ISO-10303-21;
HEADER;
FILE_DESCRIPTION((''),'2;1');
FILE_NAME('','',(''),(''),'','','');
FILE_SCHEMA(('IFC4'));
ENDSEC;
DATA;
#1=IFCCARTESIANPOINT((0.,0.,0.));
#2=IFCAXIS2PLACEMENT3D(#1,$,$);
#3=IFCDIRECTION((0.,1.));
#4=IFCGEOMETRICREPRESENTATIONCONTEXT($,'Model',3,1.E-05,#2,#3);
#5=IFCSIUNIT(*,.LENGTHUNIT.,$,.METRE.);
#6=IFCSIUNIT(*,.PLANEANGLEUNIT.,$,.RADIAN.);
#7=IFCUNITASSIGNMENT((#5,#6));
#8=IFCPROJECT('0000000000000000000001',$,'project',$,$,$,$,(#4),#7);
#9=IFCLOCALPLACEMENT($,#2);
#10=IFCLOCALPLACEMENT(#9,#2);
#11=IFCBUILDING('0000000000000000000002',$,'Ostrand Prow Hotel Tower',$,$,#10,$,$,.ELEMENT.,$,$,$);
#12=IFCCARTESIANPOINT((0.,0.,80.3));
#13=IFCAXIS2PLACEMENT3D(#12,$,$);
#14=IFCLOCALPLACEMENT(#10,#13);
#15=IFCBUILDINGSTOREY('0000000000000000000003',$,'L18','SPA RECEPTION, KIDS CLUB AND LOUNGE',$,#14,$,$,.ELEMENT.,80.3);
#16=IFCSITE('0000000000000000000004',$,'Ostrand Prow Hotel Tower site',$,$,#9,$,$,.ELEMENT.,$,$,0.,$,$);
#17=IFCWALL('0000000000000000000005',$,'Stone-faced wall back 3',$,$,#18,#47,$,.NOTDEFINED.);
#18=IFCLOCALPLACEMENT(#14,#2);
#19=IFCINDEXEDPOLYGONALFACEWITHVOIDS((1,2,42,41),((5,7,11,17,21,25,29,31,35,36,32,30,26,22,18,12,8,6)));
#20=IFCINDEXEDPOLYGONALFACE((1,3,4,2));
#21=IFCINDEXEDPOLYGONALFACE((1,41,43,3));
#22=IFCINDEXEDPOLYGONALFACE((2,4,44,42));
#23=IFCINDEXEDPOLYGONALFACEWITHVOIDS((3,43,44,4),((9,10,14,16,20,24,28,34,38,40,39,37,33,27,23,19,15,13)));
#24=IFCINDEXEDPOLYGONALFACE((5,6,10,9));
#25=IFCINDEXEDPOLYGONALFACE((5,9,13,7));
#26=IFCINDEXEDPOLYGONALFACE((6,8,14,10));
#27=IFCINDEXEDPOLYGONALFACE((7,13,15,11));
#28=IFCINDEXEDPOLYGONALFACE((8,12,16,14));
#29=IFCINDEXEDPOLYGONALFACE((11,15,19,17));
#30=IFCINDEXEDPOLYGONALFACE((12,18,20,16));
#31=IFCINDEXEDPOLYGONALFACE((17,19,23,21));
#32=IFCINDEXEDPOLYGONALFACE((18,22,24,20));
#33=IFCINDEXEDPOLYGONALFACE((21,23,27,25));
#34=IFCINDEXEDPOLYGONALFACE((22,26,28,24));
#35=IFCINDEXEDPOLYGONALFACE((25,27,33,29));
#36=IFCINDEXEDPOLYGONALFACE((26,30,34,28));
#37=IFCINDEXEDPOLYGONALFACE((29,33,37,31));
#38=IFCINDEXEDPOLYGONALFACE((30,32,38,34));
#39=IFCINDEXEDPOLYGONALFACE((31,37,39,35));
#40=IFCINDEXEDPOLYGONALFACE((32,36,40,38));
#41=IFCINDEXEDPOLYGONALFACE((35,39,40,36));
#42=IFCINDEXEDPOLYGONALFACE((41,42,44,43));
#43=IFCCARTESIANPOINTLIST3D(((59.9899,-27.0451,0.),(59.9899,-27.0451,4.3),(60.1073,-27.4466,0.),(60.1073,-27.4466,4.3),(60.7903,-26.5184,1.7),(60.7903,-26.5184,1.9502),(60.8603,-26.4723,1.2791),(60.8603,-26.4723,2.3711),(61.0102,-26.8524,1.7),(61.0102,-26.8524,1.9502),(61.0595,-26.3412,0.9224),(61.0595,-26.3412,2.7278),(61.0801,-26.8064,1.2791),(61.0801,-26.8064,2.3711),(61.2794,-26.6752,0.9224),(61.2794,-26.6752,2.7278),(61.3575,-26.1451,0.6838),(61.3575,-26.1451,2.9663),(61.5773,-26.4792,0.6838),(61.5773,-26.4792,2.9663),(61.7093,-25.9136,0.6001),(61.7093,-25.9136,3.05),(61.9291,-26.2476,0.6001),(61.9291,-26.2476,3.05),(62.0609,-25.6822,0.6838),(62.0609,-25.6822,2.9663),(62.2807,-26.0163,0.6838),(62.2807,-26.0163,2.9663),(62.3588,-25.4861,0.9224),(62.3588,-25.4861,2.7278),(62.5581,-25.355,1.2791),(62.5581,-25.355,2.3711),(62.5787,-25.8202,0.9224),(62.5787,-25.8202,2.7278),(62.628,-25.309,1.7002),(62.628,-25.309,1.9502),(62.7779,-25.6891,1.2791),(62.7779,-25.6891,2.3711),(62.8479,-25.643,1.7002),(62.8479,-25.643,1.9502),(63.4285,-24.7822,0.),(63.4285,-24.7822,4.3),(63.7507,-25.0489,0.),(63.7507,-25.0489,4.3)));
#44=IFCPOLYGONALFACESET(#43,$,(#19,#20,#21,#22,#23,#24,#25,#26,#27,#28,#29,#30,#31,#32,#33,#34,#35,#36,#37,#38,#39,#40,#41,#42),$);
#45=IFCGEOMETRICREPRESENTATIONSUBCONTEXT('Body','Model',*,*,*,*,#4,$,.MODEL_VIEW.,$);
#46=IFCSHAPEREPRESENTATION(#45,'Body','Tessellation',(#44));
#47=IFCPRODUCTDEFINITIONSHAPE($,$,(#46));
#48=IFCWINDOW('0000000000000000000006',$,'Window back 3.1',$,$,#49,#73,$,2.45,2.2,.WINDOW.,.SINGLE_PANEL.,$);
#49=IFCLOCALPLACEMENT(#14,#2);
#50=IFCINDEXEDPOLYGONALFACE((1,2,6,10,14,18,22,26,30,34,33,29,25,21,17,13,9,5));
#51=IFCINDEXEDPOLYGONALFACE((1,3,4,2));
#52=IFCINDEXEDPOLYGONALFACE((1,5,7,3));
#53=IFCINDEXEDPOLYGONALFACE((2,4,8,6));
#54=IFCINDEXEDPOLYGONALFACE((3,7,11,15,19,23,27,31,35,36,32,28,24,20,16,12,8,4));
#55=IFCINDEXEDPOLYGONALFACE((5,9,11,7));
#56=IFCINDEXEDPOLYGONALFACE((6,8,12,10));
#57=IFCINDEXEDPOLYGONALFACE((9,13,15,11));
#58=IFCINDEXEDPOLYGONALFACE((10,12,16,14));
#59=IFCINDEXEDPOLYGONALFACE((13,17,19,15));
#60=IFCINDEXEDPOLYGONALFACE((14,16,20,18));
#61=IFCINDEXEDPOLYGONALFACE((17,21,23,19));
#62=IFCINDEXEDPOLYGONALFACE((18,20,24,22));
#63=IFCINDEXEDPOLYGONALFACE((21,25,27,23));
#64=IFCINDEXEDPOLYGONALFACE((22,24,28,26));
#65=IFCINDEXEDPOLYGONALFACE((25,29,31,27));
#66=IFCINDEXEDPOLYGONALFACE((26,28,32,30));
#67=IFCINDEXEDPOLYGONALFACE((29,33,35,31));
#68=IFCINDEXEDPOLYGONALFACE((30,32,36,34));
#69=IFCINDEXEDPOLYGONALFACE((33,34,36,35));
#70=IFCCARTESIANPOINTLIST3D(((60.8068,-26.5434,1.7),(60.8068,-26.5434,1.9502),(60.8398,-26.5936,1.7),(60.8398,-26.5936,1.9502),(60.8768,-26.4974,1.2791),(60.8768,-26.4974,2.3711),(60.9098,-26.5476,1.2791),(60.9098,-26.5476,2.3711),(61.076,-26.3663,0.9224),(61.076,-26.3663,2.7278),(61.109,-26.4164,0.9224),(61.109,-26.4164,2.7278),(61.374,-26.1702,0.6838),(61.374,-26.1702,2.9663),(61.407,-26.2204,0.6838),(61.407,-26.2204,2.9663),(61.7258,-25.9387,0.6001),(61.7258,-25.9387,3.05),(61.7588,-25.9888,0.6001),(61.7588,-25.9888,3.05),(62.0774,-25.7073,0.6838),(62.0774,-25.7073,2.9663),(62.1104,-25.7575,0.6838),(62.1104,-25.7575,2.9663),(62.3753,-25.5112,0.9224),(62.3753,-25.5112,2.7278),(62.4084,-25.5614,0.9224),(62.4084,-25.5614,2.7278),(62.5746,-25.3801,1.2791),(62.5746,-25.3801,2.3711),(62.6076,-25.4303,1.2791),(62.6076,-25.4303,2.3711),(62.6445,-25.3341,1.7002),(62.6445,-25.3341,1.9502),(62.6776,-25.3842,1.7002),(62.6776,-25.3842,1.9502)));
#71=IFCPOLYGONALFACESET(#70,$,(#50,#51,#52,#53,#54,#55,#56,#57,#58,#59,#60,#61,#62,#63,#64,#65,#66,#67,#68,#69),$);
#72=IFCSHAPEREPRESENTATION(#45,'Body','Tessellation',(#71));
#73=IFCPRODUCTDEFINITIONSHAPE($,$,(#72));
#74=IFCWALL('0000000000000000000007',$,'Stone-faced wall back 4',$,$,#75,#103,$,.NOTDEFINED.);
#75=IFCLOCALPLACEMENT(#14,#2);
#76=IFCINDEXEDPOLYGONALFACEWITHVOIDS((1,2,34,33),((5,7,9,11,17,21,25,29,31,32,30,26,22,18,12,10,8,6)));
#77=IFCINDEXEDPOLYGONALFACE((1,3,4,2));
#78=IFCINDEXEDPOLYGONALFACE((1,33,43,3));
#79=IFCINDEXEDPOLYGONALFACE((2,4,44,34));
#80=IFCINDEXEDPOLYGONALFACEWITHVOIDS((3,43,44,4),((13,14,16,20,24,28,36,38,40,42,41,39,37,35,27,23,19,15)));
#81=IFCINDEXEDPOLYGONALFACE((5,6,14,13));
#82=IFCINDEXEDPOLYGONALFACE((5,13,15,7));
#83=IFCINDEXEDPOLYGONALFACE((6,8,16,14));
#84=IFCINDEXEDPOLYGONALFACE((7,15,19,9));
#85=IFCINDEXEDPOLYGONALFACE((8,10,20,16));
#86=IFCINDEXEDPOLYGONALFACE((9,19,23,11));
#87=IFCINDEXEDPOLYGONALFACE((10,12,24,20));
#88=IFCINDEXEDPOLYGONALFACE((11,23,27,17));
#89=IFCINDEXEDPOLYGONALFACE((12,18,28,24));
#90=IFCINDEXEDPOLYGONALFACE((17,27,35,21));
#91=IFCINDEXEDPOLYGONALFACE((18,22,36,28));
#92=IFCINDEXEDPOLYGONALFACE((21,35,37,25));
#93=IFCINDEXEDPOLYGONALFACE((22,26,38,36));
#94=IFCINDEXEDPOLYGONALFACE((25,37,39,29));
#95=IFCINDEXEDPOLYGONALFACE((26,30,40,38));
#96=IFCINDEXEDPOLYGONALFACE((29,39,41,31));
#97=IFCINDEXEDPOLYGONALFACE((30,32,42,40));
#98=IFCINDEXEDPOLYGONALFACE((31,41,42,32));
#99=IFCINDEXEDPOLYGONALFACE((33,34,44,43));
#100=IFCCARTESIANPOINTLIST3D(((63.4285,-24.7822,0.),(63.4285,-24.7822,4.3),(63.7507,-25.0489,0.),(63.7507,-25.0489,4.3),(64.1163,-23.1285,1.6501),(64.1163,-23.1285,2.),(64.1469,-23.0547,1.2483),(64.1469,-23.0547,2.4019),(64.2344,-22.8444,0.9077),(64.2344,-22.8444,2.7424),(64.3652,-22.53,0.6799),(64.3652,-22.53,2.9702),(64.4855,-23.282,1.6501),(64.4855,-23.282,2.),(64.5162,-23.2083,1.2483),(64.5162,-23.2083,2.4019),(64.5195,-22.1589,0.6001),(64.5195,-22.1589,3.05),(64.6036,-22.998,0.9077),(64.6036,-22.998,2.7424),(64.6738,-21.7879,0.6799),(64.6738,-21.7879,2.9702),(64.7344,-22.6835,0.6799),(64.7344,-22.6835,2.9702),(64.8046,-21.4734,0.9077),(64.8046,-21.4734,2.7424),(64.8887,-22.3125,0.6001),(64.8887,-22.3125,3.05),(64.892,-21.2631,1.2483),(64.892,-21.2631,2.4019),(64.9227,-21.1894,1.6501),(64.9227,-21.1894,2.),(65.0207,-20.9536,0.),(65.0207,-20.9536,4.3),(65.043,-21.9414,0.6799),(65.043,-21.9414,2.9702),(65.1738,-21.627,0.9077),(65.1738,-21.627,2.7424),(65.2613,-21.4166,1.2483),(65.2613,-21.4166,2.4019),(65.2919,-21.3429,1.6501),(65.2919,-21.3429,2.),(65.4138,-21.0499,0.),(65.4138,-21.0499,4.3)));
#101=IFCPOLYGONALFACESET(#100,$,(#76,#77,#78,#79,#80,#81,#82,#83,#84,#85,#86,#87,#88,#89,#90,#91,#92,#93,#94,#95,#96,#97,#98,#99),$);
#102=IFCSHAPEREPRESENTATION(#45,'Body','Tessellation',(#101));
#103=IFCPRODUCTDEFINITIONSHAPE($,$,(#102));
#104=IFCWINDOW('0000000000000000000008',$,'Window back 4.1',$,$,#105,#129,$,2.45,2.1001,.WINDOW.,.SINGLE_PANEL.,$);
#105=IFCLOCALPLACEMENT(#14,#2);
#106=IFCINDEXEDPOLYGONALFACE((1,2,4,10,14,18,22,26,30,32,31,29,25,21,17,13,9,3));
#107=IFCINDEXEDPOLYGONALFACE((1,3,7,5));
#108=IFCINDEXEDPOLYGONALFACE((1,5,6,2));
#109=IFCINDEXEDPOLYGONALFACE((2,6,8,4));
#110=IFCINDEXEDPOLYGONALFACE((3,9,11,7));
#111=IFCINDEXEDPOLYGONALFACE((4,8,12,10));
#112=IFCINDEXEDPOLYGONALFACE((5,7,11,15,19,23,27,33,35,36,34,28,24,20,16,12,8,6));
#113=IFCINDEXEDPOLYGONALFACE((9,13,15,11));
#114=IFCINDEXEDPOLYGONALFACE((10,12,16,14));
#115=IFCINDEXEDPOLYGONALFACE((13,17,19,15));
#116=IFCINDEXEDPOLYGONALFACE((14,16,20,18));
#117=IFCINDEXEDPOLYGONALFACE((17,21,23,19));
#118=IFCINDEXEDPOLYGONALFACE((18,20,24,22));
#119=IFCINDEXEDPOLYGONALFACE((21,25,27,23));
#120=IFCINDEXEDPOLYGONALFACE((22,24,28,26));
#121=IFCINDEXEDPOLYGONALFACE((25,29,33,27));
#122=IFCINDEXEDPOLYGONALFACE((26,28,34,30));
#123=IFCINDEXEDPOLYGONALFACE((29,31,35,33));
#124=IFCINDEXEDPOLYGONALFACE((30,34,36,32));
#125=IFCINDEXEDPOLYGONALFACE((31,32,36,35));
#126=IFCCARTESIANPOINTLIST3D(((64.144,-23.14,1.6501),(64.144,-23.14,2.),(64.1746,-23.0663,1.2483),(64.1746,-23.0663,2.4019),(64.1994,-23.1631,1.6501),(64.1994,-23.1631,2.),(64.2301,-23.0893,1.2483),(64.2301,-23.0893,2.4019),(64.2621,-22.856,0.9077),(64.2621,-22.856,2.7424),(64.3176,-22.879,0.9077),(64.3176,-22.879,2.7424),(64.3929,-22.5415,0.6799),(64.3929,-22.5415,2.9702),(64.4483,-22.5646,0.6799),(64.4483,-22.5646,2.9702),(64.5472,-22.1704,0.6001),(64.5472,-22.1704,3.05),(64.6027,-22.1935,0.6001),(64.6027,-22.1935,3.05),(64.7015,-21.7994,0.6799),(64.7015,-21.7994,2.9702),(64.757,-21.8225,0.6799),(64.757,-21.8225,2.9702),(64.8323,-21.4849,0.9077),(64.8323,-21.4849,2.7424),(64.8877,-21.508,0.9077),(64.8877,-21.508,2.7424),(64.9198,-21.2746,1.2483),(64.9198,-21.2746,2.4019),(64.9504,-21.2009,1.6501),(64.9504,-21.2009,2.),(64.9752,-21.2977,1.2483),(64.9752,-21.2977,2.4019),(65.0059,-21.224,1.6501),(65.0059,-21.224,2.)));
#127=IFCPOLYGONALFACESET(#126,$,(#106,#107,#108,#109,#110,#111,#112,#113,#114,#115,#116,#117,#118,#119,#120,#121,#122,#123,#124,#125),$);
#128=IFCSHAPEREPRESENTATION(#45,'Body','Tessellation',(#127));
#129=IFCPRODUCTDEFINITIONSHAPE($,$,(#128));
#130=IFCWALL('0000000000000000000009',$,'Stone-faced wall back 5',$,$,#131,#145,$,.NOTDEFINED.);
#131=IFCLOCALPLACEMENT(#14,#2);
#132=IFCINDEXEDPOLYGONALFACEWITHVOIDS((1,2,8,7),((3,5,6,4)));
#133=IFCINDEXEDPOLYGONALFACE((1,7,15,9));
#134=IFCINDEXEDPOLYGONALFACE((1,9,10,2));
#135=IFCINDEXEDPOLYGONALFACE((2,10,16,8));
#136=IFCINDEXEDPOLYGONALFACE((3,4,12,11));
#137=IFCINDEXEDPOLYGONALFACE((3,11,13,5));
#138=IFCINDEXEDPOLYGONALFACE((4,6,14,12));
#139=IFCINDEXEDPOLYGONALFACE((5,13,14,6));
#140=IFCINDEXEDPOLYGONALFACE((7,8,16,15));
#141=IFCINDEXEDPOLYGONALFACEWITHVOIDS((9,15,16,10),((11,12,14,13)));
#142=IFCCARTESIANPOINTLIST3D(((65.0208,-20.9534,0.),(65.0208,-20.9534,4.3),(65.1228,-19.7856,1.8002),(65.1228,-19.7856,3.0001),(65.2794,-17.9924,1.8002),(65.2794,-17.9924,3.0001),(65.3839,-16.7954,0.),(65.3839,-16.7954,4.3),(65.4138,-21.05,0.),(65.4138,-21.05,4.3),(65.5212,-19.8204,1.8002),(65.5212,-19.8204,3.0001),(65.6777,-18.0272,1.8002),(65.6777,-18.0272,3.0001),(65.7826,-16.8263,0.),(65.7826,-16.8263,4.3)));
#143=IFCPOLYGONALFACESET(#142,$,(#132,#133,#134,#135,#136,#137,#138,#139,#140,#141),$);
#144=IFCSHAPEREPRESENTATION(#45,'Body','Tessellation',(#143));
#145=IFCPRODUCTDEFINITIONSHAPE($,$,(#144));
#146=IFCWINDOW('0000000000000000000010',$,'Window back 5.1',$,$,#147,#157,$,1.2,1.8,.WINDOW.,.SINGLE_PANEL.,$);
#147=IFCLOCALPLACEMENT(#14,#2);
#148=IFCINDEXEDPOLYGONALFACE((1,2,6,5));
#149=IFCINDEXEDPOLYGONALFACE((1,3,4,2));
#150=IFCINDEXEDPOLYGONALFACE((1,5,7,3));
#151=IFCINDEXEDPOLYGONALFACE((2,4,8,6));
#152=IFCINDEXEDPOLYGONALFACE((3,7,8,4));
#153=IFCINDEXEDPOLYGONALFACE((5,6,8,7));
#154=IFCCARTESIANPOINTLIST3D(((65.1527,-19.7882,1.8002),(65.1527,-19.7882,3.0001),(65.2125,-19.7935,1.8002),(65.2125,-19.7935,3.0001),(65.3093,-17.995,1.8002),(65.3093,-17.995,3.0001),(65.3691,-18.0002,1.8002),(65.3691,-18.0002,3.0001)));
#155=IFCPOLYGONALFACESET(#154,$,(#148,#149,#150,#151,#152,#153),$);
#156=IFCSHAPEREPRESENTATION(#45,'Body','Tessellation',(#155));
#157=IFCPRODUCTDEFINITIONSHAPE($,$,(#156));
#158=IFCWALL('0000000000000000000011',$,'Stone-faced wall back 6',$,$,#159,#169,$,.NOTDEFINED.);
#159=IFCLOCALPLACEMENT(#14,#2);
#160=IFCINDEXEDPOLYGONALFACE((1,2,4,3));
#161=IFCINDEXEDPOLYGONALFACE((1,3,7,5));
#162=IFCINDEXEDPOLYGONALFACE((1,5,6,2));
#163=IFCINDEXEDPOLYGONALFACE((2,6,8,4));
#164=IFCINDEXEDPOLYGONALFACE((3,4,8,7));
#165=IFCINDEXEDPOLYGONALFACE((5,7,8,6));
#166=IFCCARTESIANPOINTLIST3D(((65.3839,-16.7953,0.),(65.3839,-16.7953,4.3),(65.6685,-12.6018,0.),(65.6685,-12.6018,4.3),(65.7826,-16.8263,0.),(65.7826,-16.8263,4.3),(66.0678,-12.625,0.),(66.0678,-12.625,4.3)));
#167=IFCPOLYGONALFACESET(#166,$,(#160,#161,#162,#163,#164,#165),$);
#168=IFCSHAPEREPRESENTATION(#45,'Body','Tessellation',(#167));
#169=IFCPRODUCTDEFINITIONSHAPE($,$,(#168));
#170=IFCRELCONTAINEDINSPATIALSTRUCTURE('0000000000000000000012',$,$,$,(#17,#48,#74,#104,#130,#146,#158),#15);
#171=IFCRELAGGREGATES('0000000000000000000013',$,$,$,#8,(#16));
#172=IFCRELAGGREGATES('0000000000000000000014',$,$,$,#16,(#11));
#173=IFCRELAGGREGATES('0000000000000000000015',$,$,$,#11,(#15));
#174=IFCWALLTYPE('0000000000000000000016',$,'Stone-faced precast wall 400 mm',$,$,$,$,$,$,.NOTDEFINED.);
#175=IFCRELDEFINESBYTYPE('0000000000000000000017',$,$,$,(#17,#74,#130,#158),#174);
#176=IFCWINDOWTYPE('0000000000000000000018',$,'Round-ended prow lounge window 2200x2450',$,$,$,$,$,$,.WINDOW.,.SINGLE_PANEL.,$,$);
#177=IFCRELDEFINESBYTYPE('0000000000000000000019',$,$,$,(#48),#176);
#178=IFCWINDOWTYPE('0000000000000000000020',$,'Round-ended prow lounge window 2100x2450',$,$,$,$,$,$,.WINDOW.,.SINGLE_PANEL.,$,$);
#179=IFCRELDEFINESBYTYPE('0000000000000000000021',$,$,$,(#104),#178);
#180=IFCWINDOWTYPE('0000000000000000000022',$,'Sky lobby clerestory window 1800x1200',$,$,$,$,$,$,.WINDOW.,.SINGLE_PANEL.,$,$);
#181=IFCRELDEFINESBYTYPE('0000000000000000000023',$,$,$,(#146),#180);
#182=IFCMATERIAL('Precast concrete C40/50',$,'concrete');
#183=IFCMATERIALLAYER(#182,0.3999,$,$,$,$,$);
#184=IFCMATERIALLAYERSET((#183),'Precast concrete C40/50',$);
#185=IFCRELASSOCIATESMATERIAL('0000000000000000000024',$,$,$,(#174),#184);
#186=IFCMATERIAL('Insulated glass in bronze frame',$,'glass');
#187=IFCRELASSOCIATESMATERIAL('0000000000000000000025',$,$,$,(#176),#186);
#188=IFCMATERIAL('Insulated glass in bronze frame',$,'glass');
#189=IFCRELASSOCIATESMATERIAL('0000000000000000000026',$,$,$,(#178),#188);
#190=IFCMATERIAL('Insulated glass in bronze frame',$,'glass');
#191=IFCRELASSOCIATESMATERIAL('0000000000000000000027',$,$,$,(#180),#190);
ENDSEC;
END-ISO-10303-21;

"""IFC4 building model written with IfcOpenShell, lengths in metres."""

from ifc_helpers import new_model, si_unit, direction, frame, frame_2d, origin, place, context, subcontext, project, spatial, polyline, rectangle, outline, extrude, material, layer, layer_set, type_object, element, fill, save


model = new_model("IFC4")

# Units and contexts
model_context = context("Model", 3, precision=1e-05, world=origin(), true_north=direction((0.0, 1.0)))
body_context = subcontext(model_context, "Body", "Model", "MODEL_VIEW")
ifc_project = project(units=[si_unit("LENGTHUNIT", "METRE"), si_unit("PLANEANGLEUNIT", "RADIAN")], contexts=[model_context])

# Site, building, storey
site_placement = place(None, origin())
site = spatial("IfcSite", under=ifc_project, at=site_placement, Name="Ostrand Prow Hotel Tower site", CompositionType="ELEMENT", RefElevation=0.0)
building_placement = place(site_placement, origin())
building = spatial("IfcBuilding", under=site, at=building_placement, Name="Ostrand Prow Hotel Tower", CompositionType="ELEMENT")
storey_placement = place(building_placement, frame((0.0, 0.0, 80.3)))
storey = spatial("IfcBuildingStorey", under=building, at=storey_placement, Name="L18", Description="SPA RECEPTION, KIDS CLUB AND LOUNGE", CompositionType="ELEMENT", Elevation=80.3)

# Walls, openings, windows
ifc_material_1 = material(Name="Precast concrete C40/50", Category="concrete")
ifc_layer_1 = layer(ifc_material_1, 0.3999)
ifc_layer_set_1 = layer_set([ifc_layer_1], Name="Precast concrete C40/50")
wall_type_1 = type_object("IfcWallType", Name="Stone-faced precast wall 400 mm", PredefinedType="NOTDEFINED", material=ifc_layer_set_1)
ifc_material_2 = material(Name="Insulated glass in bronze frame", Category="glass")
window_type_1 = type_object("IfcWindowType", Name="Round-ended prow lounge window 2200x2450", PartitioningType="SINGLE_PANEL", PredefinedType="WINDOW", material=ifc_material_2)
wall_1_placement = place(storey_placement, frame((60.0486, -27.2458, 0.0), z_axis=(0.0, 0.0, 1.0), x_axis=(0.835341, 0.549733, 0.0)))
wall_1 = element("IfcWall", 1, at=wall_1_placement, inside=storey, type_object=wall_type_1, Name="Stone-faced wall back 3", PredefinedType="NOTDEFINED", context=body_context, shape_type="SweptSolid", body=[
    extrude(outline(polyline([(-0.0613, -0.2), (4.3003, -0.2), (4.1777, 0.2), (0.0613, 0.2), (-0.0613, -0.2)])), origin(), (0.0, 0.0, 1.0), 4.3),
])
opening_1_placement = place(wall_1_placement, frame((1.0195, 0.0, 0.6001)))
opening_1 = element("IfcOpeningElement", 2, at=opening_1_placement, cuts=wall_1, PredefinedType="OPENING", context=body_context, shape_type="SweptSolid", body=[
    extrude(outline(polyline([(0.0, 1.3501), (0.0837, 1.771), (0.3223, 2.1277), (0.679, 2.3662), (1.1001, 2.45), (1.521, 2.3662), (1.8777, 2.1277), (2.1162, 1.771), (2.2, 1.3501), (2.2, 1.1001), (2.1162, 0.679), (1.8777, 0.3223), (1.521, 0.0837), (1.1001, 0.0), (0.679, 0.0837), (0.3223, 0.3223), (0.0837, 0.679), (0.0, 1.0999), (0.0, 1.3501)])), frame((0.0, 0.21, 0.0), z_axis=(0.0, -1.0, 0.0), x_axis=(1.0, 0.0, 0.0)), (0.0, 0.0, 1.0), 0.4199),
])
window_1_placement = place(opening_1_placement, origin())
window_1 = element("IfcWindow", 3, at=window_1_placement, inside=storey, type_object=window_type_1, Name="Window back 3.1", OverallHeight=2.45, OverallWidth=2.2, PartitioningType="SINGLE_PANEL", PredefinedType="WINDOW", context=body_context, shape_type="SweptSolid", body=[
    extrude(outline(polyline([(0.0, 1.3501), (0.0837, 1.771), (0.3223, 2.1277), (0.679, 2.3662), (1.1001, 2.45), (1.521, 2.3662), (1.8777, 2.1277), (2.1162, 1.771), (2.2, 1.3501), (2.2, 1.1001), (2.1162, 0.679), (1.8777, 0.3223), (1.521, 0.0837), (1.1001, 0.0), (0.679, 0.0837), (0.3223, 0.3223), (0.0837, 0.679), (0.0, 1.0999), (0.0, 1.3501)])), frame((0.0, 0.1699, 0.0), z_axis=(0.0, -1.0, 0.0), x_axis=(1.0, 0.0, 0.0)), (0.0, 0.0, 1.0), 0.0601),
])
fill(opening_1, window_1)
wall_2_placement = place(storey_placement, frame((63.5896, -24.9155, 0.0), z_axis=(0.0, 0.0, 1.0), x_axis=(0.383998, 0.923334, 0.0)))
wall_2 = element("IfcWall", 4, at=wall_2_placement, inside=storey, type_object=wall_type_1, Name="Stone-faced wall back 4", PredefinedType="NOTDEFINED", context=body_context, shape_type="SweptSolid", body=[
    extrude(outline(polyline([(-0.0613, -0.2), (4.2698, -0.2), (4.2078, 0.2), (0.0613, 0.2), (-0.0613, -0.2)])), origin(), (0.0, 0.0, 1.0), 4.3),
])
opening_2_placement = place(wall_2_placement, frame((1.8523, 0.0, 0.6001)))
opening_2 = element("IfcOpeningElement", 5, at=opening_2_placement, cuts=wall_2, PredefinedType="OPENING", context=body_context, shape_type="SweptSolid", body=[
    extrude(outline(polyline([(0.0, 1.3999), (0.0798, 1.8018), (0.3076, 2.1423), (0.6482, 2.3701), (1.05, 2.45), (1.4519, 2.3701), (1.7925, 2.1423), (2.0203, 1.8018), (2.1001, 1.3999), (2.1001, 1.05), (2.0203, 0.6482), (1.7925, 0.3076), (1.4519, 0.0798), (1.05, 0.0), (0.6482, 0.0798), (0.3076, 0.3076), (0.0798, 0.6482), (0.0, 1.05), (0.0, 1.3999)])), frame((0.0, 0.21, 0.0), z_axis=(0.0, -1.0, 0.0), x_axis=(1.0, 0.0, 0.0)), (0.0, 0.0, 1.0), 0.4199),
])
ifc_material_3 = material(Name="Insulated glass in bronze frame", Category="glass")
window_type_2 = type_object("IfcWindowType", Name="Round-ended prow lounge window 2100x2450", PartitioningType="SINGLE_PANEL", PredefinedType="WINDOW", material=ifc_material_3)
window_2_placement = place(opening_2_placement, origin())
window_2 = element("IfcWindow", 6, at=window_2_placement, inside=storey, type_object=window_type_2, Name="Window back 4.1", OverallHeight=2.45, OverallWidth=2.1001, PartitioningType="SINGLE_PANEL", PredefinedType="WINDOW", context=body_context, shape_type="SweptSolid", body=[
    extrude(outline(polyline([(0.0, 1.3999), (0.0798, 1.8018), (0.3076, 2.1423), (0.6482, 2.3701), (1.05, 2.45), (1.4519, 2.3701), (1.7925, 2.1423), (2.0203, 1.8018), (2.1001, 1.3999), (2.1001, 1.05), (2.0203, 0.6482), (1.7925, 0.3076), (1.4519, 0.0798), (1.05, 0.0), (0.6482, 0.0798), (0.3076, 0.3076), (0.0798, 0.6482), (0.0, 1.05), (0.0, 1.3999)])), frame((0.0, 0.1699, 0.0), z_axis=(0.0, -1.0, 0.0), x_axis=(1.0, 0.0, 0.0)), (0.0, 0.0, 1.0), 0.0601),
])
fill(opening_2, window_2)
wall_3_placement = place(storey_placement, frame((65.2173, -21.0017, 0.0), z_axis=(0.0, 0.0, 1.0), x_axis=(0.086993, 0.996209, 0.0)))
wall_3 = element("IfcWall", 7, at=wall_3_placement, inside=storey, type_object=wall_type_1, Name="Stone-faced wall back 5", PredefinedType="NOTDEFINED", context=body_context, shape_type="SweptSolid", body=[
    extrude(outline(polyline([(-0.031, -0.2), (4.2087, -0.2), (4.2048, 0.2), (0.031, 0.2), (-0.031, -0.2)])), origin(), (0.0, 0.0, 1.0), 4.3),
])
opening_3_placement = place(wall_3_placement, frame((1.2034, 0.0, 1.8)))
opening_3 = element("IfcOpeningElement", 8, at=opening_3_placement, cuts=wall_3, PredefinedType="OPENING", context=body_context, shape_type="SweptSolid", body=[
    extrude(rectangle(XDim=1.8, YDim=1.2, at=frame_2d((0.8999, 0.6001))), frame((0.0, 0.21, 0.0), z_axis=(0.0, -1.0, 0.0), x_axis=(1.0, 0.0, 0.0)), (0.0, 0.0, 1.0), 0.4199),
])
ifc_material_4 = material(Name="Insulated glass in bronze frame", Category="glass")
window_type_3 = type_object("IfcWindowType", Name="Sky lobby clerestory window 1800x1200", PartitioningType="SINGLE_PANEL", PredefinedType="WINDOW", material=ifc_material_4)
window_3_placement = place(opening_3_placement, origin())
window_3 = element("IfcWindow", 9, at=window_3_placement, inside=storey, type_object=window_type_3, Name="Window back 5.1", OverallHeight=1.2, OverallWidth=1.8, PartitioningType="SINGLE_PANEL", PredefinedType="WINDOW", context=body_context, shape_type="SweptSolid", body=[
    extrude(rectangle(XDim=1.8, YDim=1.2, at=frame_2d((0.8999, 0.6001))), frame((0.0, 0.1699, 0.0), z_axis=(0.0, -1.0, 0.0), x_axis=(1.0, 0.0, 0.0)), (0.0, 0.0, 1.0), 0.0601),
])
fill(opening_3, window_3)

# Wall
wall_4_placement = place(storey_placement, frame((65.5833, -16.8108, 0.0), z_axis=(0.0, 0.0, 1.0), x_axis=(0.067725, 0.997704, 0.0)))
element("IfcWall", 10, at=wall_4_placement, inside=storey, type_object=wall_type_1, Name="Stone-faced wall back 6", PredefinedType="NOTDEFINED", context=body_context, shape_type="SweptSolid", body=[
    extrude(outline(polyline([(-0.002, -0.2), (4.209, -0.2), (4.2051, 0.2), (0.002, 0.2), (-0.002, -0.2)])), origin(), (0.0, 0.0, 1.0), 4.3),
])

save(model, "model.ifc")
